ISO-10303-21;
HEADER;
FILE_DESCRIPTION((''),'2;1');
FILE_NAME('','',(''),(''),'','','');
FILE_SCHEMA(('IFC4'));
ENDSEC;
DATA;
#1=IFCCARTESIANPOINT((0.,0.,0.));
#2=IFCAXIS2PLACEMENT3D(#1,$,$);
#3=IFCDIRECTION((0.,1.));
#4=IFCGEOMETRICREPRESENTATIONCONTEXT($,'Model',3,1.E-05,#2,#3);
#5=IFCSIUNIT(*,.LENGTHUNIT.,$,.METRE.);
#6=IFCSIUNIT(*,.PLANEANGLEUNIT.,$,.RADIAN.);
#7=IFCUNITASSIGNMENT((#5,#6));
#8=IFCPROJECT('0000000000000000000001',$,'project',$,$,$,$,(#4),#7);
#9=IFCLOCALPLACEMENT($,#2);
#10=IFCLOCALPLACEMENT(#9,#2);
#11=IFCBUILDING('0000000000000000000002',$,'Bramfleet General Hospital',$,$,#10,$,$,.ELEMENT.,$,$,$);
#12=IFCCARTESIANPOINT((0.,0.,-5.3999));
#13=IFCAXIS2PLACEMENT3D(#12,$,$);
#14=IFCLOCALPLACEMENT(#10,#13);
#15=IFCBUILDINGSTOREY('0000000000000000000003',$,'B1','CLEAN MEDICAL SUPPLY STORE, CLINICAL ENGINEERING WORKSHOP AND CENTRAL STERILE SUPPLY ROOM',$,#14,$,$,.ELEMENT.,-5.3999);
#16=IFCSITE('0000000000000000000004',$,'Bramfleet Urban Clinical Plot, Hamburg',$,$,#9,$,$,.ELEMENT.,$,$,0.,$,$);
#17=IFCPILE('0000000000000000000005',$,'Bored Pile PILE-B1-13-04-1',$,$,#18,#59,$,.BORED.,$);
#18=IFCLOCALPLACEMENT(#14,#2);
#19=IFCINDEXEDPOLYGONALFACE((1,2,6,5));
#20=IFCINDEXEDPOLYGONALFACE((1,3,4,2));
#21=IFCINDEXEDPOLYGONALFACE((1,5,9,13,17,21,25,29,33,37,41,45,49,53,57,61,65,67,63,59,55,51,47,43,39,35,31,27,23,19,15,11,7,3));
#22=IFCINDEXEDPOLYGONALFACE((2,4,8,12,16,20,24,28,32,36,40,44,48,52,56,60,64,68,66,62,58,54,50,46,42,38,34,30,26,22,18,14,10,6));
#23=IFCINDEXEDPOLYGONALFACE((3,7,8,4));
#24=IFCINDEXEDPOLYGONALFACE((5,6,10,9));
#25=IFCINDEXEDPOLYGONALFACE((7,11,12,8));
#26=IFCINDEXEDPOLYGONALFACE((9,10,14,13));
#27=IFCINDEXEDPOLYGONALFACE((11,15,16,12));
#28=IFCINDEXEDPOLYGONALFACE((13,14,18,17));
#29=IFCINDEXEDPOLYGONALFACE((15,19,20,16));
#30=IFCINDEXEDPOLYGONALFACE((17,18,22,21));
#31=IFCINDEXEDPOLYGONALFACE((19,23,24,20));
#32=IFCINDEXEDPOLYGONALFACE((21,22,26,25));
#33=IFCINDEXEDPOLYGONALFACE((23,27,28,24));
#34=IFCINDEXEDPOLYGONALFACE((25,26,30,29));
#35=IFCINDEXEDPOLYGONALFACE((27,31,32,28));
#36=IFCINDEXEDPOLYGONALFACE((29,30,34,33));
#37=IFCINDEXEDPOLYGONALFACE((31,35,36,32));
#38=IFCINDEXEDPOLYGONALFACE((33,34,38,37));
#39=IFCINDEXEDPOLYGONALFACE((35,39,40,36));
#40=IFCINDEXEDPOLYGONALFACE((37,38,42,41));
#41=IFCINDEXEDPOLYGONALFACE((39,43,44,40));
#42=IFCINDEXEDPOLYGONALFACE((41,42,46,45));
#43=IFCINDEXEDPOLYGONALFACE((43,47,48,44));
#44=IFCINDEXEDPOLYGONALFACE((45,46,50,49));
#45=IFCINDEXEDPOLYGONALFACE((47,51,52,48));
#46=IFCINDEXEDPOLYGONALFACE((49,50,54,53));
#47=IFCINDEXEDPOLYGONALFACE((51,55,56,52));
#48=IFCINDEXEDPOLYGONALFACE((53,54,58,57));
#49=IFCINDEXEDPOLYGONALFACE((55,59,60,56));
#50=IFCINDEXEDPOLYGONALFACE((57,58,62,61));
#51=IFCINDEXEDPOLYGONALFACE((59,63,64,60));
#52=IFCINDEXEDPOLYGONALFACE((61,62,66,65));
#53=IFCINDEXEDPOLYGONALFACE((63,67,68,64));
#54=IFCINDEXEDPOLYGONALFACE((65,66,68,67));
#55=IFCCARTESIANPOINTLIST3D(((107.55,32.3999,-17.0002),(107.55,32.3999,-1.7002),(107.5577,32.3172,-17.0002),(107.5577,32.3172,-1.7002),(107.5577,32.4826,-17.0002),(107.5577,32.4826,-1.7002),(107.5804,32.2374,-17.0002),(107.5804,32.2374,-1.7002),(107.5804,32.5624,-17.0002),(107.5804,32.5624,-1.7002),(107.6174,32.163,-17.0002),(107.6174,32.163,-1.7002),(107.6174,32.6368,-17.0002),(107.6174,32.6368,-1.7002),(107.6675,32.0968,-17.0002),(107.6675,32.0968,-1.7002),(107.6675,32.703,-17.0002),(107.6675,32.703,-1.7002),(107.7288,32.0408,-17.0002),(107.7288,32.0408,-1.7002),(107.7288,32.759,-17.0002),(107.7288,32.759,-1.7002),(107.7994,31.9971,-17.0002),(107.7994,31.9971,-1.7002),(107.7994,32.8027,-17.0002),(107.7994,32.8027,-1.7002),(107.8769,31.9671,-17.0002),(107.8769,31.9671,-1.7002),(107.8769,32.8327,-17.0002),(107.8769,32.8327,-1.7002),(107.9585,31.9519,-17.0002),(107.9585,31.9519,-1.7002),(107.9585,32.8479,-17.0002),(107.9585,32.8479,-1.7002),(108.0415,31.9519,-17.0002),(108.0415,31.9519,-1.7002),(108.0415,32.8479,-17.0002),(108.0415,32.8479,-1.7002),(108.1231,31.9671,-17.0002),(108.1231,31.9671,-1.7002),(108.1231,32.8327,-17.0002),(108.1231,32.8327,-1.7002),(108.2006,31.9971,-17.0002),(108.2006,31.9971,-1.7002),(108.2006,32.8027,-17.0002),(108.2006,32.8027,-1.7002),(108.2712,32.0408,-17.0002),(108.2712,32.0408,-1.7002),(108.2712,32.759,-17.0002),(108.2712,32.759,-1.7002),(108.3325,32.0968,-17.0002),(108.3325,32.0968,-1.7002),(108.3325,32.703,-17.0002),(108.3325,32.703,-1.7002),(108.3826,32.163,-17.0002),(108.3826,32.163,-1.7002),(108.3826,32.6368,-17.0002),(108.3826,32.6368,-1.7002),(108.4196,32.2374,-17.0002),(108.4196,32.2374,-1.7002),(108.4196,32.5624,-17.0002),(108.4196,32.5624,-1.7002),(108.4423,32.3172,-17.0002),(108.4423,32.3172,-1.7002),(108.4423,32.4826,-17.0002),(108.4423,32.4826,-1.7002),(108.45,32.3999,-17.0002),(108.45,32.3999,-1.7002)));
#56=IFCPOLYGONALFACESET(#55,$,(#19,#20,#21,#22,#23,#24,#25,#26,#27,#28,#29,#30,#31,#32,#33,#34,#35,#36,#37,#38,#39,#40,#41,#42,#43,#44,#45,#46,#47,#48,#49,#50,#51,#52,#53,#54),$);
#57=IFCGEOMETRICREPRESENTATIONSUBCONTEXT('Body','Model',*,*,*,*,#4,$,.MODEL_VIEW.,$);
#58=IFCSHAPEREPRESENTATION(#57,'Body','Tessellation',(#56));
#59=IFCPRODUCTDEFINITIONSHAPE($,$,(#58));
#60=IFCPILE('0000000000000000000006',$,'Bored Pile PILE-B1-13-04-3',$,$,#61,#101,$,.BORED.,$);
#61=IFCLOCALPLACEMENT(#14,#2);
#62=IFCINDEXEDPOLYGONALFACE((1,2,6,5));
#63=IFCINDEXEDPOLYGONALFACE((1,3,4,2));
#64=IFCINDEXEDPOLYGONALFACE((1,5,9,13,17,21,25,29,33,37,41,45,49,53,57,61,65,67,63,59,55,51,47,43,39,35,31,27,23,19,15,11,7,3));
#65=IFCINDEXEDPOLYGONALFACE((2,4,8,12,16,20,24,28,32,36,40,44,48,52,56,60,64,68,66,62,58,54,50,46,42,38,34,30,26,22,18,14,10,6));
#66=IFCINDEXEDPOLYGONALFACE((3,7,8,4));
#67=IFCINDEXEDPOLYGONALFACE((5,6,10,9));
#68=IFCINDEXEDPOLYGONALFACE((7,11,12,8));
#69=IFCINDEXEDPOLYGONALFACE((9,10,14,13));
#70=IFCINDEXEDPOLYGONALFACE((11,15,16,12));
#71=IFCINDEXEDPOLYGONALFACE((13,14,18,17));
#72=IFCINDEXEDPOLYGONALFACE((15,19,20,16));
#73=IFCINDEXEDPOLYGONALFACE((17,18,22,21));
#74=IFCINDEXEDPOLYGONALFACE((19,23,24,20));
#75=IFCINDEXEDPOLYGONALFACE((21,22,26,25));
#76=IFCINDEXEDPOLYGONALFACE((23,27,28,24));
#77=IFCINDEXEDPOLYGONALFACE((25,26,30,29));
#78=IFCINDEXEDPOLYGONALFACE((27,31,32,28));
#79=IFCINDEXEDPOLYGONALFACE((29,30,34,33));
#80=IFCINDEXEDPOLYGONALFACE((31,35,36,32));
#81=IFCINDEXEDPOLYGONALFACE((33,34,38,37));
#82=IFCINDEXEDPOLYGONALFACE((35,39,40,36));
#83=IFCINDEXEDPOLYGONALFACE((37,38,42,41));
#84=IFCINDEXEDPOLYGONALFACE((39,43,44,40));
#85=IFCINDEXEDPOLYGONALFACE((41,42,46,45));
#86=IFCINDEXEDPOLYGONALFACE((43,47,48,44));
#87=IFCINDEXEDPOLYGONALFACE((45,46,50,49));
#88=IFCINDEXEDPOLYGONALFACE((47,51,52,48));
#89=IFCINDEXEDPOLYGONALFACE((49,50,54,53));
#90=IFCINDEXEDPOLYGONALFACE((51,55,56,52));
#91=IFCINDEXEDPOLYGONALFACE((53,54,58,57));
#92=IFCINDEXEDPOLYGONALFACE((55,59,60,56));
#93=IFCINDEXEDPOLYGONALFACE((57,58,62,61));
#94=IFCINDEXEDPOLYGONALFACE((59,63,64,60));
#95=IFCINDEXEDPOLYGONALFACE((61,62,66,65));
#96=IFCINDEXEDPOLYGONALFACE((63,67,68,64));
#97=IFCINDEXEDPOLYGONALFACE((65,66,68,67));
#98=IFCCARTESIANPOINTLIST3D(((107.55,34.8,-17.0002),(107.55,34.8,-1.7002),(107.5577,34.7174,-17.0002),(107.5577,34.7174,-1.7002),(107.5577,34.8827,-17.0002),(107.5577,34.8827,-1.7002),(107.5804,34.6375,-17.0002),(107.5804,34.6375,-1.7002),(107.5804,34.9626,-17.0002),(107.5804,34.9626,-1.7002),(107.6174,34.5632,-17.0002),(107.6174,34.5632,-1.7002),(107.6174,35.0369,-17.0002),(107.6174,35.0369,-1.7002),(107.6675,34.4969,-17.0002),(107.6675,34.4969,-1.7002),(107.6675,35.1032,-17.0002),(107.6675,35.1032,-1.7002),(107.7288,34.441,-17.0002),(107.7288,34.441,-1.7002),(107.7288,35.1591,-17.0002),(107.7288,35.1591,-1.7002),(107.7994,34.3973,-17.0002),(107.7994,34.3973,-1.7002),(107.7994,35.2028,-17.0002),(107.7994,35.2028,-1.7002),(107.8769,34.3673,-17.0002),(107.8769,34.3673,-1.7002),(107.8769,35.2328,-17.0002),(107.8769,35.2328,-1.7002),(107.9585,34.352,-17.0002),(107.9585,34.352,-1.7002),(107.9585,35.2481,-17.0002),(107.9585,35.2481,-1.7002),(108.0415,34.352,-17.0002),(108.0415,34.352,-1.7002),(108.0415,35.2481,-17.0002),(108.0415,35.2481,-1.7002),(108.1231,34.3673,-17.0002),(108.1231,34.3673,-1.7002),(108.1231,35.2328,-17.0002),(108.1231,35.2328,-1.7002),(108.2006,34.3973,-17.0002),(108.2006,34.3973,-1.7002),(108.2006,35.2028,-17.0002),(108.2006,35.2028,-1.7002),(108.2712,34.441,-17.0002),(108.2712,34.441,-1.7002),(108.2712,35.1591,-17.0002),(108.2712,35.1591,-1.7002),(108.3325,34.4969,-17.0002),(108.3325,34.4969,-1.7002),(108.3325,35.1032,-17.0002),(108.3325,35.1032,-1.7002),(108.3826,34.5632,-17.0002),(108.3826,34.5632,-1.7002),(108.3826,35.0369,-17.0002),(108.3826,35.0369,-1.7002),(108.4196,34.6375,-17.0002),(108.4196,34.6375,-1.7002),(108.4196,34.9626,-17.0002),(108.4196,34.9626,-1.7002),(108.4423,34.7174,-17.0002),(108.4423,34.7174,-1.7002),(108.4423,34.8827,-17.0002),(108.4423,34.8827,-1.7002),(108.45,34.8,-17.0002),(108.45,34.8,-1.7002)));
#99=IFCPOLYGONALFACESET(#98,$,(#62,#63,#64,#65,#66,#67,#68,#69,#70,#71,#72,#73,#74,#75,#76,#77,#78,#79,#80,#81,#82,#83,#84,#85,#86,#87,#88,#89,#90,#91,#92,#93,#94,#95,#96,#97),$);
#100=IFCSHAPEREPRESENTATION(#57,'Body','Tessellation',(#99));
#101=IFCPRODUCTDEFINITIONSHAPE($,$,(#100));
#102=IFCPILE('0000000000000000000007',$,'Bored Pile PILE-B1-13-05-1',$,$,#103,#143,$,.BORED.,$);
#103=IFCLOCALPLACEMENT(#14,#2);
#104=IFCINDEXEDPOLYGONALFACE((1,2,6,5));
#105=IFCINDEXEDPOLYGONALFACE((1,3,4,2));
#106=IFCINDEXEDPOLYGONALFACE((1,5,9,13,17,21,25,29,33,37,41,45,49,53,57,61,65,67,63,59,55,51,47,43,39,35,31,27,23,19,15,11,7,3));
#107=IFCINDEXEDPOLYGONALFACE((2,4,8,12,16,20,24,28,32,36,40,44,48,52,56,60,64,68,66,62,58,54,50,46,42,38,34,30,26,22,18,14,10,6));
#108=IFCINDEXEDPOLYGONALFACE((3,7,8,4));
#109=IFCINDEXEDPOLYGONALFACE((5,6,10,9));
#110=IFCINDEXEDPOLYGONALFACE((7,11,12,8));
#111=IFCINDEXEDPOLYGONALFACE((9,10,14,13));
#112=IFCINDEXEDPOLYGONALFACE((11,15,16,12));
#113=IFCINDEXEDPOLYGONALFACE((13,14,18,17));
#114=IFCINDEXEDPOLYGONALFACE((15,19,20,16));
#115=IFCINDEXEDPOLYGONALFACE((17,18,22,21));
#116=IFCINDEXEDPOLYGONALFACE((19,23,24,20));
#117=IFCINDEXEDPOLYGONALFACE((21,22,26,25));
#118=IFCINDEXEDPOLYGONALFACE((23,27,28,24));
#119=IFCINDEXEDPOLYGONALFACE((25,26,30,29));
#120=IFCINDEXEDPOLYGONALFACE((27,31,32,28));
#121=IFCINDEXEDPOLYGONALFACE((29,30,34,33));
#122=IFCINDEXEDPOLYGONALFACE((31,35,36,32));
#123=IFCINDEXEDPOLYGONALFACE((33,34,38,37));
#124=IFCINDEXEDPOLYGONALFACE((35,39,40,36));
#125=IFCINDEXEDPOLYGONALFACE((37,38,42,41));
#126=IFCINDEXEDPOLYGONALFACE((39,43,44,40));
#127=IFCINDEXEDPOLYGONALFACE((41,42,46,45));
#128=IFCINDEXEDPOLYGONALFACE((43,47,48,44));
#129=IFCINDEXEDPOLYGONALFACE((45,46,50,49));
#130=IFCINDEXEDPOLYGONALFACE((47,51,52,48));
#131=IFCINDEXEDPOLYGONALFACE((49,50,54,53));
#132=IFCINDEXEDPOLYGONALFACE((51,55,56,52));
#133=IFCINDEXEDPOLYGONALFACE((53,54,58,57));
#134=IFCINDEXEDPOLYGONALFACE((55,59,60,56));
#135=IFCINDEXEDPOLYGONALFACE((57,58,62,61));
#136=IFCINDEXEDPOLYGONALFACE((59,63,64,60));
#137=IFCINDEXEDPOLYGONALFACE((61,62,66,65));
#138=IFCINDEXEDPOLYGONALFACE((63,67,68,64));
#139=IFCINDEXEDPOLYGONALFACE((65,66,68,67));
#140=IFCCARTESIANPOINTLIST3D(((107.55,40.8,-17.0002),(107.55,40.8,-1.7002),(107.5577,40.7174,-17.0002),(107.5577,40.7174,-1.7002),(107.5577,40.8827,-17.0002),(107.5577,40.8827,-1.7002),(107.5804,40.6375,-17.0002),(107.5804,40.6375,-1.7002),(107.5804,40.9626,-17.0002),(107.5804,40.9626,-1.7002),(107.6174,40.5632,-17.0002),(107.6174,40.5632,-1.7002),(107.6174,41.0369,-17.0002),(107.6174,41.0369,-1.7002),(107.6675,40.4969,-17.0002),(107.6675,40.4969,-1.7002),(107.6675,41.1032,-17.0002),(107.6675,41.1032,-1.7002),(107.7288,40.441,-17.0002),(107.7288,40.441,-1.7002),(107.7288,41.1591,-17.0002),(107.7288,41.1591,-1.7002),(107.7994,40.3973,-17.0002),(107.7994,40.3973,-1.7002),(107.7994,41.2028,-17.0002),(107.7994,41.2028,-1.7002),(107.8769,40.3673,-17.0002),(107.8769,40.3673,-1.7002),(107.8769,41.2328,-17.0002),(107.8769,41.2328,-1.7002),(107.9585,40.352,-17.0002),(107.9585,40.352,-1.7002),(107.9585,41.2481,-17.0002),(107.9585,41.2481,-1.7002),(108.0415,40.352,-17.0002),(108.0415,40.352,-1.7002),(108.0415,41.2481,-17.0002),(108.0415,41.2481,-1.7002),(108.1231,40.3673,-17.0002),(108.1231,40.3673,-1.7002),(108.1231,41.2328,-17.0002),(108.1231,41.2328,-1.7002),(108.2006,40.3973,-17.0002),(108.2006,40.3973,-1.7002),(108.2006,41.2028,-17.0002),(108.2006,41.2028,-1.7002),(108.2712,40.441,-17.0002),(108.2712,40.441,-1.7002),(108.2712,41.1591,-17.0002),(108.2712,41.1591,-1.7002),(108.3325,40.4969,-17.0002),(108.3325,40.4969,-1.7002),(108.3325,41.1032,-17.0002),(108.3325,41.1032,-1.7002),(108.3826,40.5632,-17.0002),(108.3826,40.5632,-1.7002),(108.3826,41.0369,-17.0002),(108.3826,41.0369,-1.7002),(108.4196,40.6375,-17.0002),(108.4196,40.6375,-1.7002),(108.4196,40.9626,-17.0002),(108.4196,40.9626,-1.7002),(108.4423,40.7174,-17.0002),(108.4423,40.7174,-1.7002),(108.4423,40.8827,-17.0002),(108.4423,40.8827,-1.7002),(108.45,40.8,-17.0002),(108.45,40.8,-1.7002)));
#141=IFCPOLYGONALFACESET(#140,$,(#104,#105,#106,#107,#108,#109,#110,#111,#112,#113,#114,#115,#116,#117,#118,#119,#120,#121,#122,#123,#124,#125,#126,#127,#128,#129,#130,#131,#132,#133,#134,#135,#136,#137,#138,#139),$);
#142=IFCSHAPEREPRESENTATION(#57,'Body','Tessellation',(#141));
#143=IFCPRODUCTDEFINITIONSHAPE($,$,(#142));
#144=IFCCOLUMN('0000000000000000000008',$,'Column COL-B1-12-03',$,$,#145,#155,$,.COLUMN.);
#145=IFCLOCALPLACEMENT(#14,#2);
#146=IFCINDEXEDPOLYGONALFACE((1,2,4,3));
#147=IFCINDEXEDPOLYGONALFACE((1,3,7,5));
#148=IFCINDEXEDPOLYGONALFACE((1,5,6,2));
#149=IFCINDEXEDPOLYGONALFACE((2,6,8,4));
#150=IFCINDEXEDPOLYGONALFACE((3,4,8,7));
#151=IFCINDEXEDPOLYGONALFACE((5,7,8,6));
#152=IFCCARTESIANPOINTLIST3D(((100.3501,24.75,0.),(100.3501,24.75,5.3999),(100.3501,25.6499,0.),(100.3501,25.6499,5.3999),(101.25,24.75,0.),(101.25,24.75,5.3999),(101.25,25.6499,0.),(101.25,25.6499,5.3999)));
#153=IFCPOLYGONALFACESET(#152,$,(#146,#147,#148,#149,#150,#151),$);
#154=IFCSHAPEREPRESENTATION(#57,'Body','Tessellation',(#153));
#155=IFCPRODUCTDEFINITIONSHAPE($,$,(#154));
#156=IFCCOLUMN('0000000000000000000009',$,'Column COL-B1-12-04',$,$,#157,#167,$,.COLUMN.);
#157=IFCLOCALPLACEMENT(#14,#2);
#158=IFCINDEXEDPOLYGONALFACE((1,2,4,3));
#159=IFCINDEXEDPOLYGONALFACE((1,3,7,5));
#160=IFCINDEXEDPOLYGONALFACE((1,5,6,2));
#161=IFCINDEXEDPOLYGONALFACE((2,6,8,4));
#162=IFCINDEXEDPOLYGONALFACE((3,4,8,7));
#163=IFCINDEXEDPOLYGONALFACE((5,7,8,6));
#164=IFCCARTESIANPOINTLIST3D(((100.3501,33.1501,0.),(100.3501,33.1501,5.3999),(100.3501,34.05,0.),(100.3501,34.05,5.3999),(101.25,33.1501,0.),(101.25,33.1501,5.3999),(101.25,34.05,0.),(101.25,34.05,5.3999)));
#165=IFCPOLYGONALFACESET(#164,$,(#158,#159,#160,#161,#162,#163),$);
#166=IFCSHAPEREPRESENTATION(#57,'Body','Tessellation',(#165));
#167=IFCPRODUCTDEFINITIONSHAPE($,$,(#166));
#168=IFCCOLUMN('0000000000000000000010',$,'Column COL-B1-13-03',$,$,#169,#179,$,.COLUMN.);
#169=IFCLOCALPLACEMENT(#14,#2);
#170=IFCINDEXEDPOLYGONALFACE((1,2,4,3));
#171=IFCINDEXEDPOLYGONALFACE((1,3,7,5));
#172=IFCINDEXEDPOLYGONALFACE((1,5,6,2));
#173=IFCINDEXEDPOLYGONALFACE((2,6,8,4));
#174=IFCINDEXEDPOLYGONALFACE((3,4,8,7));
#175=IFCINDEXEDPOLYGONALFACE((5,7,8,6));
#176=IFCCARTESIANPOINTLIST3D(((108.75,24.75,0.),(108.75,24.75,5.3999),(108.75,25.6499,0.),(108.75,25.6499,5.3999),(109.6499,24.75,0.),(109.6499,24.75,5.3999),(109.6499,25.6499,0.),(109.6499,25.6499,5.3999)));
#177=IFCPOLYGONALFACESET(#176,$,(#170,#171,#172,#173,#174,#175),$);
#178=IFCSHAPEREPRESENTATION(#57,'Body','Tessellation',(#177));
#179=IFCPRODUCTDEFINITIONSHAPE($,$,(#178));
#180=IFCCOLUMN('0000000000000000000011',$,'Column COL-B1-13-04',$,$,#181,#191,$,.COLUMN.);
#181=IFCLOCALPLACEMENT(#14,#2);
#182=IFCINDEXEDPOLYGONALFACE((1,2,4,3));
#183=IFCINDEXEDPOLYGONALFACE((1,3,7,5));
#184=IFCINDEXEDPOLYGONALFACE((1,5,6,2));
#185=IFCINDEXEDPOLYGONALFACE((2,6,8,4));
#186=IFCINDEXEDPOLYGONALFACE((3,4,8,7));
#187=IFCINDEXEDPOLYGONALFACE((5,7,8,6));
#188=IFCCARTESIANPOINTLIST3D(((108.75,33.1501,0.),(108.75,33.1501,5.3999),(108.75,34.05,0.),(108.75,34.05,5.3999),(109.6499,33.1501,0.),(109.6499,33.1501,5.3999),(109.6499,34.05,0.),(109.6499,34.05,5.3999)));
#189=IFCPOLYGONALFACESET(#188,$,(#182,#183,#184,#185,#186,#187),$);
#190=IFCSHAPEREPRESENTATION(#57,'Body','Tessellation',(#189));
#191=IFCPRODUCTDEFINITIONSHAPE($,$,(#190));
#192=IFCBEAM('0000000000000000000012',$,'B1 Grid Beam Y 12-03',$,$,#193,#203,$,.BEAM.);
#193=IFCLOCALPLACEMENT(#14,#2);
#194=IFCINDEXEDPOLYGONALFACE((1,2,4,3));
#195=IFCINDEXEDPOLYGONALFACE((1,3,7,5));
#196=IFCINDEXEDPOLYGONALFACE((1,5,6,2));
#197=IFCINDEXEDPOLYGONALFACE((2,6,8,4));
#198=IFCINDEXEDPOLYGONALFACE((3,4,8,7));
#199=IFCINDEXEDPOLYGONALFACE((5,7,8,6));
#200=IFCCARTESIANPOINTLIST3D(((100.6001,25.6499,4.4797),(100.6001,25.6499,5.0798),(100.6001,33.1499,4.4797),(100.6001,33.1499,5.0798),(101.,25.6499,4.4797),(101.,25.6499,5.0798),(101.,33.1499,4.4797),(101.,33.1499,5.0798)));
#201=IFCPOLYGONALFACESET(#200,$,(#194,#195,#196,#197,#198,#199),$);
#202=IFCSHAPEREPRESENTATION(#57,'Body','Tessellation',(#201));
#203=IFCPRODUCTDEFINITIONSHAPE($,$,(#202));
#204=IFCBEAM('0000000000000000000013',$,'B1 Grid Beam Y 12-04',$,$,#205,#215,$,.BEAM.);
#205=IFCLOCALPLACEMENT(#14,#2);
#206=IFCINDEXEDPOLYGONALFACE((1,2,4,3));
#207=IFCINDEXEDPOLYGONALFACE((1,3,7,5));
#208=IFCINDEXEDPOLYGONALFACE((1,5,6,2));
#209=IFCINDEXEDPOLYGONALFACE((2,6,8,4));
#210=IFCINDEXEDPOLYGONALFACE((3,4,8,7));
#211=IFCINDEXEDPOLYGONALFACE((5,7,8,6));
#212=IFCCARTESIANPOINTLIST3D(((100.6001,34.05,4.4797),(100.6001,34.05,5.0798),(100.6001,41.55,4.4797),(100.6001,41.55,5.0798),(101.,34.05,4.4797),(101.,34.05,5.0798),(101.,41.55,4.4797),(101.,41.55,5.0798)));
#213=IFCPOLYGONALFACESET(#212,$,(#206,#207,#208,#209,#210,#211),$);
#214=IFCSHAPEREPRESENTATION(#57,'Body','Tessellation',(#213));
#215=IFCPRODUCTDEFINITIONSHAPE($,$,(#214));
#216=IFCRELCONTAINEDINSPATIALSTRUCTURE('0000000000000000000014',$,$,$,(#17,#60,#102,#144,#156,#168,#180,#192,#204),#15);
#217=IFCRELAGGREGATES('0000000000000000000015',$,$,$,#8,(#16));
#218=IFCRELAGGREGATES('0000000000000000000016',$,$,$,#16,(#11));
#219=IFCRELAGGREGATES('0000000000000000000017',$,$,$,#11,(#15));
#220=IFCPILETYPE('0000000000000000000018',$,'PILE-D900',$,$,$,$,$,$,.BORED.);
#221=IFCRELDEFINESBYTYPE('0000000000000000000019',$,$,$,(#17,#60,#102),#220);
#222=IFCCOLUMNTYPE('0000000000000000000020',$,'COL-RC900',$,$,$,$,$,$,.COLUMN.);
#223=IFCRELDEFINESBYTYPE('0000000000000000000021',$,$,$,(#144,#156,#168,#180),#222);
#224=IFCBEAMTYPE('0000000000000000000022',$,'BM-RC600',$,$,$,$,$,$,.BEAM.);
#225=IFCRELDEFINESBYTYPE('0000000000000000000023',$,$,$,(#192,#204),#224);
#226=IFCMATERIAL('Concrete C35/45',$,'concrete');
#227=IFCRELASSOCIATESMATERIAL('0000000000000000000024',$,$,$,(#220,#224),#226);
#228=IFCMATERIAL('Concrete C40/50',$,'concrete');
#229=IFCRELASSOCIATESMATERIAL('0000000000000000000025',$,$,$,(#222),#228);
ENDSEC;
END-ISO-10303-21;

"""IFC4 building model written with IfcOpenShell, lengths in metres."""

from ifc_helpers import new_model, si_unit, direction, frame, origin, origin_2d, place, context, subcontext, project, spatial, rectangle, circle, extrude, material, material_profile, profile_set, type_object, element, save


model = new_model("IFC4")

# Units and contexts
model_context = context("Model", 3, precision=1e-05, world=origin(), true_north=direction((0.0, 1.0)))
body_context = subcontext(model_context, "Body", "Model", "MODEL_VIEW")
ifc_project = project(units=[si_unit("LENGTHUNIT", "METRE"), si_unit("PLANEANGLEUNIT", "RADIAN")], contexts=[model_context])

# Site, building, storey
site_placement = place(None, origin())
site = spatial("IfcSite", under=ifc_project, at=site_placement, Name="Bramfleet Urban Clinical Plot, Hamburg", CompositionType="ELEMENT", RefElevation=0.0)
building_placement = place(site_placement, origin())
building = spatial("IfcBuilding", under=site, at=building_placement, Name="Bramfleet General Hospital", CompositionType="ELEMENT")
storey_placement = place(building_placement, frame((0.0, 0.0, -5.3999)))
storey = spatial("IfcBuildingStorey", under=building, at=storey_placement, Name="B1", Description="CLEAN MEDICAL SUPPLY STORE, CLINICAL ENGINEERING WORKSHOP AND CENTRAL STERILE SUPPLY ROOM", CompositionType="ELEMENT", Elevation=-5.3999)

# Shared definitions
ifc_material_1 = material(Name="Concrete C35/45", Category="concrete")

# Piles
ifc_material_profile_1 = material_profile(ifc_material_1, circle(Radius=0.45, at=origin_2d()), Name="PILE BORED D900")
ifc_profile_set_1 = profile_set([ifc_material_profile_1], Name="Concrete C35/45")
pile_type = type_object("IfcPileType", Name="PILE-D900", PredefinedType="BORED", material=ifc_profile_set_1)
for number, where, z_axis, x_axis, name in (
    (1, (108.0, 32.3999, -1.7002), (0.0, 0.0, -1.0), (1.0, 0.0, 0.0), "Bored Pile PILE-B1-13-04-1"),
    (2, (108.0, 34.8, -1.7002), (0.0, 0.0, -1.0), (1.0, 0.0, 0.0), "Bored Pile PILE-B1-13-04-3"),
    (3, (108.0, 40.8, -1.7002), (0.0, 0.0, -1.0), (1.0, 0.0, 0.0), "Bored Pile PILE-B1-13-05-1"),
):
    element("IfcPile", number, at=place(storey_placement, frame(where, z_axis=z_axis, x_axis=x_axis)), inside=storey, type_object=pile_type, Name=name, PredefinedType="BORED", context=body_context, shape_type="SweptSolid", body=[
        extrude(circle(Radius=0.45, at=origin_2d()), origin(), (0.0, 0.0, 1.0), 15.3),
    ])

# Columns
ifc_material_2 = material(Name="Concrete C40/50", Category="concrete")
ifc_material_profile_2 = material_profile(ifc_material_2, rectangle(XDim=0.8999, YDim=0.8999, at=origin_2d()), Name="RC COL 900x900")
ifc_profile_set_2 = profile_set([ifc_material_profile_2], Name="Concrete C40/50")
column_type = type_object("IfcColumnType", Name="COL-RC900", PredefinedType="COLUMN", material=ifc_profile_set_2)
for number, where, z_axis, x_axis, name in (
    (4, (100.8, 25.2, 0.0), (0.0, 0.0, 1.0), (1.0, 0.0, 0.0), "Column COL-B1-12-03"),
    (5, (100.8, 33.6001, 0.0), (0.0, 0.0, 1.0), (1.0, 0.0, 0.0), "Column COL-B1-12-04"),
    (6, (109.2, 25.2, 0.0), (0.0, 0.0, 1.0), (1.0, 0.0, 0.0), "Column COL-B1-13-03"),
    (7, (109.2, 33.6001, 0.0), (0.0, 0.0, 1.0), (1.0, 0.0, 0.0), "Column COL-B1-13-04"),
):
    element("IfcColumn", number, at=place(storey_placement, frame(where, z_axis=z_axis, x_axis=x_axis)), inside=storey, type_object=column_type, Name=name, PredefinedType="COLUMN", context=body_context, shape_type="SweptSolid", body=[
        extrude(rectangle(XDim=0.8999, YDim=0.8999, at=origin_2d()), origin(), (0.0, 0.0, 1.0), 5.3999),
    ])

# Beams
ifc_material_profile_3 = material_profile(ifc_material_1, rectangle(XDim=0.3999, YDim=0.6001, at=origin_2d()), Name="RC BM 600x400")
ifc_profile_set_3 = profile_set([ifc_material_profile_3], Name="Concrete C35/45")
beam_type_1 = type_object("IfcBeamType", Name="BM-RC600", PredefinedType="BEAM", material=ifc_profile_set_3)
for number, where, z_axis, x_axis, name in (
    (8, (100.8, 25.6499, 4.7798), (0.0, 1.0, 0.0), (-1.0, 0.0, 0.0), "B1 Grid Beam Y 12-03"),
    (9, (100.8, 34.05, 4.7798), (0.0, 1.0, 0.0), (-1.0, 0.0, 0.0), "B1 Grid Beam Y 12-04"),
):
    element("IfcBeam", number, at=place(storey_placement, frame(where, z_axis=z_axis, x_axis=x_axis)), inside=storey, type_object=beam_type_1, Name=name, PredefinedType="BEAM", context=body_context, shape_type="SweptSolid", body=[
        extrude(rectangle(XDim=0.3999, YDim=0.6001, at=origin_2d()), origin(), (0.0, 0.0, 1.0), 7.5),
    ])

save(model, "model.ifc")
